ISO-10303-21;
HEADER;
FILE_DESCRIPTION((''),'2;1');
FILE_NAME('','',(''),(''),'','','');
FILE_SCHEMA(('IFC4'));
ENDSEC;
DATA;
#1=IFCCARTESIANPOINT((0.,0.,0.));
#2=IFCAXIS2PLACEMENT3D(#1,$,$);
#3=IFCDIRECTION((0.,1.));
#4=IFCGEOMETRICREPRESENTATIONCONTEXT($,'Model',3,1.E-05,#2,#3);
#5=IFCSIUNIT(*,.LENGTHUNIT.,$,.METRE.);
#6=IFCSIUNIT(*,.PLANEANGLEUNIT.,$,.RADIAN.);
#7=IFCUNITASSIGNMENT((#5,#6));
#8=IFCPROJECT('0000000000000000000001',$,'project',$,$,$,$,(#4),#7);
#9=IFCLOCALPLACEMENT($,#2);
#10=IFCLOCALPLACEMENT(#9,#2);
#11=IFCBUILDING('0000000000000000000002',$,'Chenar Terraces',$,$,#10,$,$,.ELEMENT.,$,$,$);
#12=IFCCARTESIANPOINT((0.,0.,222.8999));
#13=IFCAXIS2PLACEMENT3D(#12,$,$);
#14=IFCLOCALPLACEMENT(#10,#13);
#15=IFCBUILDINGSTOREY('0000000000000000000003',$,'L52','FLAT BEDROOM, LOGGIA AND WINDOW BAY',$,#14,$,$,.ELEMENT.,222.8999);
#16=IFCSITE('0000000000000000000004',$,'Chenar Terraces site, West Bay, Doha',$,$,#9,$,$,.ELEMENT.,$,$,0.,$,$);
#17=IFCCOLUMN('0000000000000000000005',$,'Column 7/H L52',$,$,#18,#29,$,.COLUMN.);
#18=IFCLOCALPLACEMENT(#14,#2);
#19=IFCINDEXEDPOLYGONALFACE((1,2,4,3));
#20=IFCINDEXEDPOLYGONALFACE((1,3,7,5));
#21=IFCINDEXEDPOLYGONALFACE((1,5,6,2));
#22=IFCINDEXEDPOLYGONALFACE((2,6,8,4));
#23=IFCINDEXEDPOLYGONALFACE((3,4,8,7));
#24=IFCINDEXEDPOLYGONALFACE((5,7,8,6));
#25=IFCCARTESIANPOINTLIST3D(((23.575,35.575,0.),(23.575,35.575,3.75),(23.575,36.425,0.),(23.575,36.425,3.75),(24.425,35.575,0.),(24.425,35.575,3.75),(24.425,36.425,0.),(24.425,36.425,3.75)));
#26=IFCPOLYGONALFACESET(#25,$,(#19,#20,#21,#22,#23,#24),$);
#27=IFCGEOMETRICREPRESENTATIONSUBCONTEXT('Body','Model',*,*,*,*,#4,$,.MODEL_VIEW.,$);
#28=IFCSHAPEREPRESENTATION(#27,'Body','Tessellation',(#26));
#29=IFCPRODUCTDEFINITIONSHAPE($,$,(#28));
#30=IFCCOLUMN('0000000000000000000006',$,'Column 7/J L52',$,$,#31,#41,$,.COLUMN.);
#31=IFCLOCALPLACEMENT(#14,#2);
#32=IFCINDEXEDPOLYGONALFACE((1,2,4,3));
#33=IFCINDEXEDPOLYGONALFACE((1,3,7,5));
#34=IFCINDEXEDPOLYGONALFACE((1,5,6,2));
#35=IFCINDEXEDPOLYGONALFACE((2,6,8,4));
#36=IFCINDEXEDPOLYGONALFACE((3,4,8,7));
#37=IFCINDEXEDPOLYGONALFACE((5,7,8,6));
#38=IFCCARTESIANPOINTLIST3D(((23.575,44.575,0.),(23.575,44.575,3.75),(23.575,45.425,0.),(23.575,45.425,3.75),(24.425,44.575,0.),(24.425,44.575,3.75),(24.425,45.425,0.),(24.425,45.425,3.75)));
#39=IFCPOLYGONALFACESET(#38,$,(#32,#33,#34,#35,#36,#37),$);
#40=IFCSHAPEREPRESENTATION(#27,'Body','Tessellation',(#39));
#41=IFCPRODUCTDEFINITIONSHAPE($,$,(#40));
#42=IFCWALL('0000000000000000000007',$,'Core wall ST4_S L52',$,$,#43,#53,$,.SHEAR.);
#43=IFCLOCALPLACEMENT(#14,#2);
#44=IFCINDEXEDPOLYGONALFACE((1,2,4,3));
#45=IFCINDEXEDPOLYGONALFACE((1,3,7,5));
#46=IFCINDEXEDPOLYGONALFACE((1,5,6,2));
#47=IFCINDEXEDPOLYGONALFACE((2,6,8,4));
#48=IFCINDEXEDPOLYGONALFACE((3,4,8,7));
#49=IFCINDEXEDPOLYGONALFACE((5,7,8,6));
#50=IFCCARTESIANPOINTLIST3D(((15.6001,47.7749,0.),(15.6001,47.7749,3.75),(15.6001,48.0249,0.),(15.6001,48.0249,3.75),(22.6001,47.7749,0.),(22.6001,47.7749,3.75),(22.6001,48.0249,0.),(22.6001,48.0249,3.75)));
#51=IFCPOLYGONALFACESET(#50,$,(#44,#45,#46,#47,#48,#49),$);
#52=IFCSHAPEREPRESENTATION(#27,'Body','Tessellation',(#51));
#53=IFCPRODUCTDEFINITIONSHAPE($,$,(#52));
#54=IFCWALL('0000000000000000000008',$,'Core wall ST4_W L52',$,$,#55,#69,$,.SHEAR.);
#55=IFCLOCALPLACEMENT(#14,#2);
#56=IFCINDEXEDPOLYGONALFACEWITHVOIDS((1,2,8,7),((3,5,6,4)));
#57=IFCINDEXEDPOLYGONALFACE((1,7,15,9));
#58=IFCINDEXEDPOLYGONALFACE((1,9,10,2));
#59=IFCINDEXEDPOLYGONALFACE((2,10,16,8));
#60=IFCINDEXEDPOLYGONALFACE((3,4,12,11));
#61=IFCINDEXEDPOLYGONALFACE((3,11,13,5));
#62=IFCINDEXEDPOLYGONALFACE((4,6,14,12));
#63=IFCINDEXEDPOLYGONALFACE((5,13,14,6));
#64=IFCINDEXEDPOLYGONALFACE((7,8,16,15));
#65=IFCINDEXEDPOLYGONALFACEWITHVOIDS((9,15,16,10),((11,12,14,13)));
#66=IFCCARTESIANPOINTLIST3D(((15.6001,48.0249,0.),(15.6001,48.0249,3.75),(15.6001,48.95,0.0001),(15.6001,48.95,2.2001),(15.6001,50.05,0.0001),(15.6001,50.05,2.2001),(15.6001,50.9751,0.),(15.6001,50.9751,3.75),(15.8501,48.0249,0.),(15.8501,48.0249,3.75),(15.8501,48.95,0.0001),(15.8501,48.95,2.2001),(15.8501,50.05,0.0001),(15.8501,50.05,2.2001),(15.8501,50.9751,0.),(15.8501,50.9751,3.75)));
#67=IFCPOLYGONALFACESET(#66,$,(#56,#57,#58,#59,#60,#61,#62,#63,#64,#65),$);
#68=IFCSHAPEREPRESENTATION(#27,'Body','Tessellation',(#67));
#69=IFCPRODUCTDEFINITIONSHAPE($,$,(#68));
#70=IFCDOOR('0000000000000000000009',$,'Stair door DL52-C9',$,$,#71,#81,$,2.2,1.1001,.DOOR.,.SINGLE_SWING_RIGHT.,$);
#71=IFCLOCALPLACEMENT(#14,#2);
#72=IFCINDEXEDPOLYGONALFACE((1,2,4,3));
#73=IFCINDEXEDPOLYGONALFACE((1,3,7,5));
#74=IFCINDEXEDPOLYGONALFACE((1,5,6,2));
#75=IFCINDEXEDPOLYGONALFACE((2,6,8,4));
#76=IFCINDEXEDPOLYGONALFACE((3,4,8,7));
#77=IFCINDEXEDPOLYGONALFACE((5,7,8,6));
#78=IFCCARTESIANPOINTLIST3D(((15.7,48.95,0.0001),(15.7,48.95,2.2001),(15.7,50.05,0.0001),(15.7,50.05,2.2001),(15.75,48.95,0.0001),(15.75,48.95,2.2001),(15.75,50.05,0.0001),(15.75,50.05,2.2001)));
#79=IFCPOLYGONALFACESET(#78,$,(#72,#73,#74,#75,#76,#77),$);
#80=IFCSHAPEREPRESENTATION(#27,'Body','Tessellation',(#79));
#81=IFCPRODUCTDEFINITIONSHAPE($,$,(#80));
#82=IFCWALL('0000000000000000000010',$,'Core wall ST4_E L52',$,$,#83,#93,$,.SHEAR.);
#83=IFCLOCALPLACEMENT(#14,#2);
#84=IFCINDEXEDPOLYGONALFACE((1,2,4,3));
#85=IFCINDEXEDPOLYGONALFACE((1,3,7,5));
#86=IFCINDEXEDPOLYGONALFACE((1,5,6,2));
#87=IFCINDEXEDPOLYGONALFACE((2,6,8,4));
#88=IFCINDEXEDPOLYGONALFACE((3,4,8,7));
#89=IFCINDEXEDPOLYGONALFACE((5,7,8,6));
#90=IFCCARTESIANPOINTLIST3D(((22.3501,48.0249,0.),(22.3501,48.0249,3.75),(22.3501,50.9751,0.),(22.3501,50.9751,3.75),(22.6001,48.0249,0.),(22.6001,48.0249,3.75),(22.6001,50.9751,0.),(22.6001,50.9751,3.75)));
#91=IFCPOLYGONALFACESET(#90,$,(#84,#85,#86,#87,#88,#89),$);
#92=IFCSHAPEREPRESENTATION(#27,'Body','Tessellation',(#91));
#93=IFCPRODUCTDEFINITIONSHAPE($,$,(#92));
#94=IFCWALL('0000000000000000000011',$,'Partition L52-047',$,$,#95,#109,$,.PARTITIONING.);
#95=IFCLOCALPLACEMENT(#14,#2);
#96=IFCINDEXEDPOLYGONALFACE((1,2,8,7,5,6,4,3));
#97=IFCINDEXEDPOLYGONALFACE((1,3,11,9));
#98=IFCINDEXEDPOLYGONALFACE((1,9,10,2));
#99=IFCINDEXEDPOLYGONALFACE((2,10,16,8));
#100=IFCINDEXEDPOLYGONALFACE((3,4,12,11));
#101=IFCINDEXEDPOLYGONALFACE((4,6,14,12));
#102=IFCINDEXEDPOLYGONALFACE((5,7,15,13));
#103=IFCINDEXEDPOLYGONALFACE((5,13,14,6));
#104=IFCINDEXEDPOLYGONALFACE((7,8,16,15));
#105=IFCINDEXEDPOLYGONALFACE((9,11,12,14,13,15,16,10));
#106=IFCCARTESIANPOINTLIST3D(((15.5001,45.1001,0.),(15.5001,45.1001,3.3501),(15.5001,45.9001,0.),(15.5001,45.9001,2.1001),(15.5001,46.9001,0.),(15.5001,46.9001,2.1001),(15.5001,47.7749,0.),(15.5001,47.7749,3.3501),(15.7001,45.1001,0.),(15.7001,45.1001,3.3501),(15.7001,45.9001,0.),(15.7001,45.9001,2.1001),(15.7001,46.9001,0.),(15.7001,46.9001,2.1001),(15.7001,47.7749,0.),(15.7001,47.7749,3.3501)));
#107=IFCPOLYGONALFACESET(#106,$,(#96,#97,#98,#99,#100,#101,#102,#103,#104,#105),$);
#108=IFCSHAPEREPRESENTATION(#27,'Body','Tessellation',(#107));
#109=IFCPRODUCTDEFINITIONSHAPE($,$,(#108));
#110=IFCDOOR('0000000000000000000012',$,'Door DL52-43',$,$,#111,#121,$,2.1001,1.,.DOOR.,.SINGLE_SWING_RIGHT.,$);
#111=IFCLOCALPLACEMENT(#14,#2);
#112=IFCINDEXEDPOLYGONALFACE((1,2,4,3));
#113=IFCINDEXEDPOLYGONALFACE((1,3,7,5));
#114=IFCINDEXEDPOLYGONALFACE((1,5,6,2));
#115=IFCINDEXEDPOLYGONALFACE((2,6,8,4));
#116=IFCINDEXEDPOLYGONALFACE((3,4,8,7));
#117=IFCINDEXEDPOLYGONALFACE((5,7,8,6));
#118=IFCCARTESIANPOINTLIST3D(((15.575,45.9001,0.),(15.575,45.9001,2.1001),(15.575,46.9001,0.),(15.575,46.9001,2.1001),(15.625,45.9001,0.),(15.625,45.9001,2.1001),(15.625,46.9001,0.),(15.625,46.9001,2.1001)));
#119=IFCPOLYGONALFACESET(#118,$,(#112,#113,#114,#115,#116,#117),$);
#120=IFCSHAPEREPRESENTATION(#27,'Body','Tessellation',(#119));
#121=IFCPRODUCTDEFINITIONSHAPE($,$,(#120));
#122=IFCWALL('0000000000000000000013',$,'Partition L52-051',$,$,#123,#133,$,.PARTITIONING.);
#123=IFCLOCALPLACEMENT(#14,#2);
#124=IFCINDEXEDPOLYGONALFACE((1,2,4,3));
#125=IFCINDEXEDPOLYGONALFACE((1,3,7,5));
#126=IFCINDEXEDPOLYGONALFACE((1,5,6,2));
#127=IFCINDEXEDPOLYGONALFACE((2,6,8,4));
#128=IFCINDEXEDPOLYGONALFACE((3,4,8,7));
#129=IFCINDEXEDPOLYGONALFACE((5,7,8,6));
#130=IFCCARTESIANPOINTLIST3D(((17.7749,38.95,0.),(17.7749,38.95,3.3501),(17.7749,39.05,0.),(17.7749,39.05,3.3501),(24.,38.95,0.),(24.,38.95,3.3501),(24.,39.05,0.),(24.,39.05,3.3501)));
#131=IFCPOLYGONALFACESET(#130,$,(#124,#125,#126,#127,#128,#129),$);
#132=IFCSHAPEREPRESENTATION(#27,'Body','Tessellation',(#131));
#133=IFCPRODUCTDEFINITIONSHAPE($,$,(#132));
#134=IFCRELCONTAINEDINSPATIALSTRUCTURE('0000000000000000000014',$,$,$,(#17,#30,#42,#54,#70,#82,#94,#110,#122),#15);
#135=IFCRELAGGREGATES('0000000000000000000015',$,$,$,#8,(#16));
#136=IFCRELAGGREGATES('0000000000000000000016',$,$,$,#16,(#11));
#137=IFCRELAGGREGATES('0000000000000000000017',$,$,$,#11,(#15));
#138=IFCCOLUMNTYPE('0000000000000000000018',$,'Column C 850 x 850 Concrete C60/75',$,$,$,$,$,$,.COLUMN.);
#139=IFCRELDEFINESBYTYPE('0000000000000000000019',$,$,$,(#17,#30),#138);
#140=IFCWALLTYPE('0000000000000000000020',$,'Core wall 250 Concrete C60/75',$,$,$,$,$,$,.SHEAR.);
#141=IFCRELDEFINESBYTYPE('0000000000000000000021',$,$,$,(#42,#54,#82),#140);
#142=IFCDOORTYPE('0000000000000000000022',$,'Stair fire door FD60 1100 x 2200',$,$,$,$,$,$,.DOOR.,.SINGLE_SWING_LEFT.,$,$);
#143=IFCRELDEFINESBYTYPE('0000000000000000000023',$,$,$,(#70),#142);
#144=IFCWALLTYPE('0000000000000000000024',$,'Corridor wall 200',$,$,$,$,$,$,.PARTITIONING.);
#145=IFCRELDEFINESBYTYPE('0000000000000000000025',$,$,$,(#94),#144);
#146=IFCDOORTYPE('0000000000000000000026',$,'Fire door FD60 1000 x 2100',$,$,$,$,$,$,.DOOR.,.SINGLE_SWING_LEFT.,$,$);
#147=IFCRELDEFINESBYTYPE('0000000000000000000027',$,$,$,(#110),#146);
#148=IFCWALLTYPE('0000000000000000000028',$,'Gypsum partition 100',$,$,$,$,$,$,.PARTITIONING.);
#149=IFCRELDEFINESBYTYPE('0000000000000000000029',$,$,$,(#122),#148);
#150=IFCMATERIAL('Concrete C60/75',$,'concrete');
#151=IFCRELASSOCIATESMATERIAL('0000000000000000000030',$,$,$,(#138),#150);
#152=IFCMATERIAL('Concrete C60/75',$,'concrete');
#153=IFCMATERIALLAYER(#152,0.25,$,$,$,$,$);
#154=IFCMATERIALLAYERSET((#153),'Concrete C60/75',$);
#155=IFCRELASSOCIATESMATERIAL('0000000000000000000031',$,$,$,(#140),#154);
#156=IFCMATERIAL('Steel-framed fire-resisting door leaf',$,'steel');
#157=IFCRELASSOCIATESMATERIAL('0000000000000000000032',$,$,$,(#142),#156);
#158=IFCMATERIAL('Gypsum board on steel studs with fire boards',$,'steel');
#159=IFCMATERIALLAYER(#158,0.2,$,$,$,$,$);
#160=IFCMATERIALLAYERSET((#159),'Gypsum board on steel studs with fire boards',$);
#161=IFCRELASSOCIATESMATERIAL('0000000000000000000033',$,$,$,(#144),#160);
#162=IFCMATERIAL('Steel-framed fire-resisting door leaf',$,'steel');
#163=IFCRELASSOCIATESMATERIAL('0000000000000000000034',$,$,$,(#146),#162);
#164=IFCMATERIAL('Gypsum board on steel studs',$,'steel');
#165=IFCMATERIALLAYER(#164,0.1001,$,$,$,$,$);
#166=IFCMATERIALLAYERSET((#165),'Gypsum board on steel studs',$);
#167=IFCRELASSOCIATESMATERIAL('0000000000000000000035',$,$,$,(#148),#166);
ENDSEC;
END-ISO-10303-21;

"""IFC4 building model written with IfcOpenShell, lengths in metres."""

from ifc_helpers import new_model, si_unit, direction, frame, frame_2d, origin, origin_2d, place, context, subcontext, project, spatial, rectangle, extrude, material, layer, layer_set, material_profile, profile_set, type_object, element, fill, save


model = new_model("IFC4")

# Units and contexts
model_context = context("Model", 3, precision=1e-05, world=origin(), true_north=direction((0.0, 1.0)))
body_context = subcontext(model_context, "Body", "Model", "MODEL_VIEW")
ifc_project = project(units=[si_unit("LENGTHUNIT", "METRE"), si_unit("PLANEANGLEUNIT", "RADIAN")], contexts=[model_context])

# Site, building, storey
site_placement = place(None, origin())
site = spatial("IfcSite", under=ifc_project, at=site_placement, Name="Chenar Terraces site, West Bay, Doha", CompositionType="ELEMENT", RefElevation=0.0)
building_placement = place(site_placement, origin())
building = spatial("IfcBuilding", under=site, at=building_placement, Name="Chenar Terraces", CompositionType="ELEMENT")
storey_placement = place(building_placement, frame((0.0, 0.0, 222.8999)))
storey = spatial("IfcBuildingStorey", under=building, at=storey_placement, Name="L52", Description="FLAT BEDROOM, LOGGIA AND WINDOW BAY", CompositionType="ELEMENT", Elevation=222.8999)

# Columns
ifc_material_1 = material(Name="Concrete C60/75", Category="concrete")
ifc_material_profile = material_profile(ifc_material_1, rectangle(XDim=0.8501, YDim=0.8501, at=origin_2d()), Name="C 850 x 850")
ifc_profile_set = profile_set([ifc_material_profile], Name="Concrete C60/75")
column_type = type_object("IfcColumnType", Name="Column C 850 x 850 Concrete C60/75", PredefinedType="COLUMN", material=ifc_profile_set)
for number, where, z_axis, x_axis, name in (
    (1, (24.0, 36.0, 0.0), (0.0, 0.0, 1.0), (1.0, 0.0, 0.0), "Column 7/H L52"),
    (2, (24.0, 45.0, 0.0), (0.0, 0.0, 1.0), (1.0, 0.0, 0.0), "Column 7/J L52"),
):
    element("IfcColumn", number, at=place(storey_placement, frame(where, z_axis=z_axis, x_axis=x_axis)), inside=storey, type_object=column_type, Name=name, PredefinedType="COLUMN", context=body_context, shape_type="SweptSolid", body=[
        extrude(rectangle(XDim=0.8501, YDim=0.8501, at=origin_2d()), origin(), (0.0, 0.0, 1.0), 3.75),
    ])

# Wall
ifc_material_2 = material(Name="Concrete C60/75", Category="concrete")
ifc_layer_1 = layer(ifc_material_2, 0.25)
ifc_layer_set_1 = layer_set([ifc_layer_1], Name="Concrete C60/75")
wall_type_1 = type_object("IfcWallType", Name="Core wall 250 Concrete C60/75", PredefinedType="SHEAR", material=ifc_layer_set_1)
wall_1_placement = place(storey_placement, frame((15.6001, 47.8999, 0.0), z_axis=(0.0, 0.0, 1.0), x_axis=(1.0, 0.0, 0.0)))
element("IfcWall", 3, at=wall_1_placement, inside=storey, type_object=wall_type_1, Name="Core wall ST4_S L52", PredefinedType="SHEAR", context=body_context, shape_type="SweptSolid", body=[
    extrude(rectangle(XDim=7.0, YDim=0.25, at=frame_2d((3.5, 0.0))), origin(), (0.0, 0.0, 1.0), 3.75),
])

# Wall, opening, door
wall_2_placement = place(storey_placement, frame((15.7251, 48.0249, 0.0), z_axis=(0.0, 0.0, 1.0), x_axis=(0.0, 1.0, 0.0)))
wall_2 = element("IfcWall", 4, at=wall_2_placement, inside=storey, type_object=wall_type_1, Name="Core wall ST4_W L52", PredefinedType="SHEAR", context=body_context, shape_type="SweptSolid", body=[
    extrude(rectangle(XDim=2.9502, YDim=0.25, at=frame_2d((1.4751, 0.0))), origin(), (0.0, 0.0, 1.0), 3.75),
])
opening_1_placement = place(wall_2_placement, frame((0.925, 0.0, 0.0)))
opening_1 = element("IfcOpeningElement", 5, at=opening_1_placement, cuts=wall_2, PredefinedType="OPENING", context=body_context, shape_type="SweptSolid", body=[
    extrude(rectangle(XDim=1.1001, YDim=2.2, at=frame_2d((0.55, 1.1001))), frame((0.0, 0.135, 0.0), z_axis=(0.0, -1.0, 0.0), x_axis=(1.0, 0.0, 0.0)), (0.0, 0.0, 1.0), 0.27),
])
ifc_material_3 = material(Name="Steel-framed fire-resisting door leaf", Category="steel")
door_type_1 = type_object("IfcDoorType", Name="Stair fire door FD60 1100 x 2200", OperationType="SINGLE_SWING_LEFT", PredefinedType="DOOR", material=ifc_material_3)
door_1_placement = place(opening_1_placement, frame((1.1001, 0.0, 0.0), z_axis=(0.0, 0.0, 1.0), x_axis=(-1.0, 0.0, 0.0)))
door_1 = element("IfcDoor", 6, at=door_1_placement, inside=storey, type_object=door_type_1, Name="Stair door DL52-C9", OperationType="SINGLE_SWING_RIGHT", OverallHeight=2.2, OverallWidth=1.1001, PredefinedType="DOOR", context=body_context, shape_type="SweptSolid", body=[
    extrude(rectangle(XDim=1.1001, YDim=2.2, at=frame_2d((0.55, 1.1001))), frame((0.0, 0.0249, 0.0), z_axis=(0.0, -1.0, 0.0), x_axis=(1.0, 0.0, 0.0)), (0.0, 0.0, 1.0), 0.05),
])
fill(opening_1, door_1)

# Wall
wall_3_placement = place(storey_placement, frame((22.4751, 48.0249, 0.0), z_axis=(0.0, 0.0, 1.0), x_axis=(0.0, 1.0, 0.0)))
element("IfcWall", 7, at=wall_3_placement, inside=storey, type_object=wall_type_1, Name="Core wall ST4_E L52", PredefinedType="SHEAR", context=body_context, shape_type="SweptSolid", body=[
    extrude(rectangle(XDim=2.9502, YDim=0.25, at=frame_2d((1.4751, 0.0))), origin(), (0.0, 0.0, 1.0), 3.75),
])

# Wall, opening, door
ifc_material_4 = material(Name="Gypsum board on steel studs with fire boards", Category="steel")
ifc_layer_2 = layer(ifc_material_4, 0.2)
ifc_layer_set_2 = layer_set([ifc_layer_2], Name="Gypsum board on steel studs with fire boards")
wall_type_2 = type_object("IfcWallType", Name="Corridor wall 200", PredefinedType="PARTITIONING", material=ifc_layer_set_2)
wall_4_placement = place(storey_placement, frame((15.6001, 45.1001, 0.0), z_axis=(0.0, 0.0, 1.0), x_axis=(0.0, 1.0, 0.0)))
wall_4 = element("IfcWall", 8, at=wall_4_placement, inside=storey, type_object=wall_type_2, Name="Partition L52-047", PredefinedType="PARTITIONING", context=body_context, shape_type="SweptSolid", body=[
    extrude(rectangle(XDim=2.6748, YDim=0.2, at=frame_2d((1.3374, 0.0))), origin(), (0.0, 0.0, 1.0), 3.3501),
])
opening_2_placement = place(wall_4_placement, frame((0.8, 0.0, 0.0)))
opening_2 = element("IfcOpeningElement", 9, at=opening_2_placement, cuts=wall_4, PredefinedType="OPENING", context=body_context, shape_type="SweptSolid", body=[
    extrude(rectangle(XDim=1.0, YDim=2.1001, at=frame_2d((0.5, 1.05))), frame((0.0, 0.1099, 0.0), z_axis=(0.0, -1.0, 0.0), x_axis=(1.0, 0.0, 0.0)), (0.0, 0.0, 1.0), 0.22),
])
ifc_material_5 = material(Name="Steel-framed fire-resisting door leaf", Category="steel")
door_type_2 = type_object("IfcDoorType", Name="Fire door FD60 1000 x 2100", OperationType="SINGLE_SWING_LEFT", PredefinedType="DOOR", material=ifc_material_5)
door_2_placement = place(opening_2_placement, frame((1.0, 0.0, 0.0), z_axis=(0.0, 0.0, 1.0), x_axis=(-1.0, 0.0, 0.0)))
door_2 = element("IfcDoor", 10, at=door_2_placement, inside=storey, type_object=door_type_2, Name="Door DL52-43", OperationType="SINGLE_SWING_RIGHT", OverallHeight=2.1001, OverallWidth=1.0, PredefinedType="DOOR", context=body_context, shape_type="SweptSolid", body=[
    extrude(rectangle(XDim=1.0, YDim=2.1001, at=frame_2d((0.5, 1.05))), frame((0.0, 0.0249, 0.0), z_axis=(0.0, -1.0, 0.0), x_axis=(1.0, 0.0, 0.0)), (0.0, 0.0, 1.0), 0.05),
])
fill(opening_2, door_2)

# Wall
ifc_material_6 = material(Name="Gypsum board on steel studs", Category="steel")
ifc_layer_3 = layer(ifc_material_6, 0.1001)
ifc_layer_set_3 = layer_set([ifc_layer_3], Name="Gypsum board on steel studs")
wall_type_3 = type_object("IfcWallType", Name="Gypsum partition 100", PredefinedType="PARTITIONING", material=ifc_layer_set_3)
wall_5_placement = place(storey_placement, frame((17.7749, 39.0, 0.0), z_axis=(0.0, 0.0, 1.0), x_axis=(1.0, 0.0, 0.0)))
element("IfcWall", 11, at=wall_5_placement, inside=storey, type_object=wall_type_3, Name="Partition L52-051", PredefinedType="PARTITIONING", context=body_context, shape_type="SweptSolid", body=[
    extrude(rectangle(XDim=6.2251, YDim=0.1001, at=frame_2d((3.1125, 0.0))), origin(), (0.0, 0.0, 1.0), 3.3501),
])

save(model, "model.ifc")
